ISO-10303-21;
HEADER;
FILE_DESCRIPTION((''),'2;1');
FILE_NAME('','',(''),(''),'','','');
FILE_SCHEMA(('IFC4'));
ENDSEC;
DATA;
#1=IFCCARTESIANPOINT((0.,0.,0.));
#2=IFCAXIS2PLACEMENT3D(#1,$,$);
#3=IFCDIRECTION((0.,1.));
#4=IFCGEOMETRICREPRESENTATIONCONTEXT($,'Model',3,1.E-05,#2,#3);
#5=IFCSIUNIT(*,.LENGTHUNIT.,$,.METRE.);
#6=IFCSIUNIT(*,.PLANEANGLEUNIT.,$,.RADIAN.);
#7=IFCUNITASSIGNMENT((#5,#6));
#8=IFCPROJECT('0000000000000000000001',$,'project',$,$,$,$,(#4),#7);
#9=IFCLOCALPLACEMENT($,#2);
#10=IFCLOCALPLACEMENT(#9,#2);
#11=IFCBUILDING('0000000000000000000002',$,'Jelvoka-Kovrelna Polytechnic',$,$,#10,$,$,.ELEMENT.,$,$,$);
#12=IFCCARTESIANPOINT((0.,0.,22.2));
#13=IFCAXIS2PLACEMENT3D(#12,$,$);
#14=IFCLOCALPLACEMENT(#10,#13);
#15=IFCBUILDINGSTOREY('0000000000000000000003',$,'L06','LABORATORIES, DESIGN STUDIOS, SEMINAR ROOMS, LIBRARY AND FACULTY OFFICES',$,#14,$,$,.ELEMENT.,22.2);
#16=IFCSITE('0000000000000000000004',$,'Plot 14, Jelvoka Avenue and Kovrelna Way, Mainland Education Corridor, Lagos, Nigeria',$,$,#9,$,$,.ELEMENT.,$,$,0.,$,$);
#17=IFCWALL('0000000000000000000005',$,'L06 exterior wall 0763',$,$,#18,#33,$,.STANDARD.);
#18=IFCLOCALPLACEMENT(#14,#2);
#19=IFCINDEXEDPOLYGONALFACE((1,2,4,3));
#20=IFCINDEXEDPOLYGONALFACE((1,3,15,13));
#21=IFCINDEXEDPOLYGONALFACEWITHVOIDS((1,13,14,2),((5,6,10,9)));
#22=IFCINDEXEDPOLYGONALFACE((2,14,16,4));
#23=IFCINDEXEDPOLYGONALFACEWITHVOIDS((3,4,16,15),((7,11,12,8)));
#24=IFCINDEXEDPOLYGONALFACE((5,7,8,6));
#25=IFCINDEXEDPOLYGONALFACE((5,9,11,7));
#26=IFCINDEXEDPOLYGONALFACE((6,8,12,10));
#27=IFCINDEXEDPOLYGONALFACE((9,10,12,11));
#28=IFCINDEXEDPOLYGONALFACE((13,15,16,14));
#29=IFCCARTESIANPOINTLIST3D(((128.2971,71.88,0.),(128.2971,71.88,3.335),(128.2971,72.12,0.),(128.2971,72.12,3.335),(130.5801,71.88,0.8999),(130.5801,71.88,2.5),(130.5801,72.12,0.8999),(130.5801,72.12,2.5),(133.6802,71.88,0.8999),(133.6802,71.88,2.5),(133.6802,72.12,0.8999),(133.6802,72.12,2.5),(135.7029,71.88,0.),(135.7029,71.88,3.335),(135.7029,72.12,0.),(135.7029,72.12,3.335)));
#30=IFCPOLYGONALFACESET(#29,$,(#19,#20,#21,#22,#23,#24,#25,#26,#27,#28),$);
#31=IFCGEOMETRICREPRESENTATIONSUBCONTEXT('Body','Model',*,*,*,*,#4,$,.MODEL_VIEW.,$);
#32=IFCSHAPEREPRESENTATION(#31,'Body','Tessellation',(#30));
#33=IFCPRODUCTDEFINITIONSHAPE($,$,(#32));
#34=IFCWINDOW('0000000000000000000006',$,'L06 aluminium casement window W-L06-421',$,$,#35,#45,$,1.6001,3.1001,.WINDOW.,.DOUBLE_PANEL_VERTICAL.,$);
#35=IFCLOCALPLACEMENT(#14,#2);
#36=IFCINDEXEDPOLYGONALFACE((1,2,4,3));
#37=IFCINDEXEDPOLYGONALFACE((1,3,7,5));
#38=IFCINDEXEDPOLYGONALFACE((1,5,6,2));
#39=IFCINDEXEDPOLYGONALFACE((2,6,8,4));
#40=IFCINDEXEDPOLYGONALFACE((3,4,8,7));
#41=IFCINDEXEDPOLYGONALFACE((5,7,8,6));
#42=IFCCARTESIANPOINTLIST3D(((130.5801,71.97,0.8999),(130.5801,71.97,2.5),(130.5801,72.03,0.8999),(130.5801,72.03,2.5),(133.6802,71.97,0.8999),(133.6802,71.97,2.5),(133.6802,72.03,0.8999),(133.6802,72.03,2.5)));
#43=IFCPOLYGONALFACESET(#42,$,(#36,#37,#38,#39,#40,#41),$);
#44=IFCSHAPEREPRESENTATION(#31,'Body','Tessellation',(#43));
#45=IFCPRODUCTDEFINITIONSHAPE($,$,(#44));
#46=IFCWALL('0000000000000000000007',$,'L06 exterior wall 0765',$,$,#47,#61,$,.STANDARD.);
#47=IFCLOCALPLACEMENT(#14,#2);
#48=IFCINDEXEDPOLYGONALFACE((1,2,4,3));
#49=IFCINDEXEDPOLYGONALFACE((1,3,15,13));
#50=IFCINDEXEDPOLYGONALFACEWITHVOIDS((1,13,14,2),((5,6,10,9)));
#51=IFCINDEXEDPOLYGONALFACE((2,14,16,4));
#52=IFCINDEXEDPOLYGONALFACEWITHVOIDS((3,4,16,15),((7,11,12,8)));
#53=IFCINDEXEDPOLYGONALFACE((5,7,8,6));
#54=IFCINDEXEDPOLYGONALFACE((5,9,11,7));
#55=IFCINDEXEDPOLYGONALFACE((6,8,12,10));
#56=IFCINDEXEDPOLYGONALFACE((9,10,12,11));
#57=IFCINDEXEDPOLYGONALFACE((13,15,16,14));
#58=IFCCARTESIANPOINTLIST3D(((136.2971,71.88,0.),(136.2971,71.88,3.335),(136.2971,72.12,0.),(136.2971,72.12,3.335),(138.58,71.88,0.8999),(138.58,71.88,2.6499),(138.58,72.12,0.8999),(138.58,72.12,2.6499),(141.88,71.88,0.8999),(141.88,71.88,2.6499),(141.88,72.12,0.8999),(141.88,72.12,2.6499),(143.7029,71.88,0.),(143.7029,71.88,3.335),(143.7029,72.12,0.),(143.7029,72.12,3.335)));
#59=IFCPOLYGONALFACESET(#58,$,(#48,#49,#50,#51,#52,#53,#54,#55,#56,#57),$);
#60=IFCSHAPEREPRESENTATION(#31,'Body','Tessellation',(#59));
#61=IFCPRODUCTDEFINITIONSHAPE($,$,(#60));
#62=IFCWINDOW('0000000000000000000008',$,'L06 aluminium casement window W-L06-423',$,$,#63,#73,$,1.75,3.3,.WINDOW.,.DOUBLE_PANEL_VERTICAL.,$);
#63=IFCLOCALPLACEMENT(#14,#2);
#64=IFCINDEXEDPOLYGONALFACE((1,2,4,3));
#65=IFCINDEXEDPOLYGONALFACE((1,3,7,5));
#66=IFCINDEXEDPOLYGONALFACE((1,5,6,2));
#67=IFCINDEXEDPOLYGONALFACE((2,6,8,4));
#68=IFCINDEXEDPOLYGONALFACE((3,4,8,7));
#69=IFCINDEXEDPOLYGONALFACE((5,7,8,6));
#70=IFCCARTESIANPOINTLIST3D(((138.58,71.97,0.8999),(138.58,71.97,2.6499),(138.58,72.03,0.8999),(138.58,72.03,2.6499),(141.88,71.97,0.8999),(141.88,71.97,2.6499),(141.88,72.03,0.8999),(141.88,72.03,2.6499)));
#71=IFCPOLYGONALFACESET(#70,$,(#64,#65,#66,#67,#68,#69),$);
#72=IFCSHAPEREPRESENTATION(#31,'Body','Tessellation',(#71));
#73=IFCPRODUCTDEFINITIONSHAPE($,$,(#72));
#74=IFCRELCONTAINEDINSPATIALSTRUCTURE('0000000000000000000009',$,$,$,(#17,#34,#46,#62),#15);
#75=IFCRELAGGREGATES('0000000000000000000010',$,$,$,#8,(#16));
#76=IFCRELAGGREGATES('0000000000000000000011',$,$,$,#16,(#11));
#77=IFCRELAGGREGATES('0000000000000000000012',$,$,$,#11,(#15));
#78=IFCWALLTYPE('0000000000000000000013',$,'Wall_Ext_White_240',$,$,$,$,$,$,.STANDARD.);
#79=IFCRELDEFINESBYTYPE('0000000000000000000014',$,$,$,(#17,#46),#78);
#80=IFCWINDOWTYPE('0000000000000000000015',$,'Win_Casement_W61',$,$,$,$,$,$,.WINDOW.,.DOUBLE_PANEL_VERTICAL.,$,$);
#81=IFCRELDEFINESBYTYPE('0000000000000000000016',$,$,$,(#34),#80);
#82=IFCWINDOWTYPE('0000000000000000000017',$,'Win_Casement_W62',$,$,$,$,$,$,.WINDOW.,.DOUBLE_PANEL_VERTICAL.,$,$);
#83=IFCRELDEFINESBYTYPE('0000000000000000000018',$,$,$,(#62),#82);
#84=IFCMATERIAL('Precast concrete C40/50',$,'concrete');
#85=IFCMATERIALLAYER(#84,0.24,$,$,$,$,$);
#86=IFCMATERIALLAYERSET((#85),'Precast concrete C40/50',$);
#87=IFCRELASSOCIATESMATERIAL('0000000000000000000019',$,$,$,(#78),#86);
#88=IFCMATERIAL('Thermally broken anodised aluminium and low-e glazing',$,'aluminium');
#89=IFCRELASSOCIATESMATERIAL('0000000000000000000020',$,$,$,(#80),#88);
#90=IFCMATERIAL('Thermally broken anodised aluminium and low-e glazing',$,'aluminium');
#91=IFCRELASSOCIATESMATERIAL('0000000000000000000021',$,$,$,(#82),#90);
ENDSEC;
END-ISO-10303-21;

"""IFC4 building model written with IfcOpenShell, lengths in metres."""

from ifc_helpers import new_model, si_unit, direction, frame, frame_2d, origin, place, context, subcontext, project, spatial, rectangle, extrude, material, layer, layer_set, type_object, element, fill, save


model = new_model("IFC4")

# Units and contexts
model_context = context("Model", 3, precision=1e-05, world=origin(), true_north=direction((0.0, 1.0)))
body_context = subcontext(model_context, "Body", "Model", "MODEL_VIEW")
ifc_project = project(units=[si_unit("LENGTHUNIT", "METRE"), si_unit("PLANEANGLEUNIT", "RADIAN")], contexts=[model_context])

# Site, building, storey
site_placement = place(None, origin())
site = spatial("IfcSite", under=ifc_project, at=site_placement, Name="Plot 14, Jelvoka Avenue and Kovrelna Way, Mainland Education Corridor, Lagos, Nigeria", CompositionType="ELEMENT", RefElevation=0.0)
building_placement = place(site_placement, origin())
building = spatial("IfcBuilding", under=site, at=building_placement, Name="Jelvoka-Kovrelna Polytechnic", CompositionType="ELEMENT")
storey_placement = place(building_placement, frame((0.0, 0.0, 22.2)))
storey = spatial("IfcBuildingStorey", under=building, at=storey_placement, Name="L06", Description="LABORATORIES, DESIGN STUDIOS, SEMINAR ROOMS, LIBRARY AND FACULTY OFFICES", CompositionType="ELEMENT", Elevation=22.2)

# Walls, openings, windows
ifc_material_1 = material(Name="Precast concrete C40/50", Category="concrete")
ifc_layer_1 = layer(ifc_material_1, 0.24)
ifc_layer_set_1 = layer_set([ifc_layer_1], Name="Precast concrete C40/50")
wall_type_1 = type_object("IfcWallType", Name="Wall_Ext_White_240", PredefinedType="STANDARD", material=ifc_layer_set_1)
wall_1_placement = place(storey_placement, frame((128.2971, 72.0, 0.0), z_axis=(0.0, 0.0, 1.0), x_axis=(1.0, 0.0, 0.0)))
wall_1 = element("IfcWall", 1, at=wall_1_placement, inside=storey, type_object=wall_type_1, Name="L06 exterior wall 0763", PredefinedType="STANDARD", context=body_context, shape_type="SweptSolid", body=[
    extrude(rectangle(XDim=7.4058, YDim=0.24, at=frame_2d((3.7029, 0.0))), origin(), (0.0, 0.0, 1.0), 3.335),
])
opening_1_placement = place(wall_1_placement, frame((2.283, 0.0, 0.8999)))
opening_1 = element("IfcOpeningElement", 2, at=opening_1_placement, cuts=wall_1, PredefinedType="OPENING", context=body_context, shape_type="SweptSolid", body=[
    extrude(rectangle(XDim=3.1001, YDim=1.6001, at=frame_2d((1.55, 0.8))), frame((0.0, 0.1301, 0.0), z_axis=(0.0, -1.0, 0.0), x_axis=(1.0, 0.0, 0.0)), (0.0, 0.0, 1.0), 0.26),
])
ifc_material_2 = material(Name="Thermally broken anodised aluminium and low-e glazing", Category="aluminium")
window_type_1 = type_object("IfcWindowType", Name="Win_Casement_W61", PartitioningType="DOUBLE_PANEL_VERTICAL", PredefinedType="WINDOW", material=ifc_material_2)
window_1_placement = place(opening_1_placement, origin())
window_1 = element("IfcWindow", 3, at=window_1_placement, inside=storey, type_object=window_type_1, Name="L06 aluminium casement window W-L06-421", OverallHeight=1.6001, OverallWidth=3.1001, PartitioningType="DOUBLE_PANEL_VERTICAL", PredefinedType="WINDOW", context=body_context, shape_type="SweptSolid", body=[
    extrude(rectangle(XDim=3.1001, YDim=1.6001, at=frame_2d((1.55, 0.8))), frame((0.0, 0.03, 0.0), z_axis=(0.0, -1.0, 0.0), x_axis=(1.0, 0.0, 0.0)), (0.0, 0.0, 1.0), 0.0601),
])
fill(opening_1, window_1)
wall_2_placement = place(storey_placement, frame((136.2971, 72.0, 0.0), z_axis=(0.0, 0.0, 1.0), x_axis=(1.0, 0.0, 0.0)))
wall_2 = element("IfcWall", 4, at=wall_2_placement, inside=storey, type_object=wall_type_1, Name="L06 exterior wall 0765", PredefinedType="STANDARD", context=body_context, shape_type="SweptSolid", body=[
    extrude(rectangle(XDim=7.4058, YDim=0.24, at=frame_2d((3.7029, 0.0))), origin(), (0.0, 0.0, 1.0), 3.335),
])
opening_2_placement = place(wall_2_placement, frame((2.283, 0.0, 0.8999)))
opening_2 = element("IfcOpeningElement", 5, at=opening_2_placement, cuts=wall_2, PredefinedType="OPENING", context=body_context, shape_type="SweptSolid", body=[
    extrude(rectangle(XDim=3.3, YDim=1.75, at=frame_2d((1.6499, 0.875))), frame((0.0, 0.1301, 0.0), z_axis=(0.0, -1.0, 0.0), x_axis=(1.0, 0.0, 0.0)), (0.0, 0.0, 1.0), 0.26),
])
ifc_material_3 = material(Name="Thermally broken anodised aluminium and low-e glazing", Category="aluminium")
window_type_2 = type_object("IfcWindowType", Name="Win_Casement_W62", PartitioningType="DOUBLE_PANEL_VERTICAL", PredefinedType="WINDOW", material=ifc_material_3)
window_2_placement = place(opening_2_placement, origin())
window_2 = element("IfcWindow", 6, at=window_2_placement, inside=storey, type_object=window_type_2, Name="L06 aluminium casement window W-L06-423", OverallHeight=1.75, OverallWidth=3.3, PartitioningType="DOUBLE_PANEL_VERTICAL", PredefinedType="WINDOW", context=body_context, shape_type="SweptSolid", body=[
    extrude(rectangle(XDim=3.3, YDim=1.75, at=frame_2d((1.6499, 0.875))), frame((0.0, 0.03, 0.0), z_axis=(0.0, -1.0, 0.0), x_axis=(1.0, 0.0, 0.0)), (0.0, 0.0, 1.0), 0.0601),
])
fill(opening_2, window_2)

save(model, "model.ifc")
